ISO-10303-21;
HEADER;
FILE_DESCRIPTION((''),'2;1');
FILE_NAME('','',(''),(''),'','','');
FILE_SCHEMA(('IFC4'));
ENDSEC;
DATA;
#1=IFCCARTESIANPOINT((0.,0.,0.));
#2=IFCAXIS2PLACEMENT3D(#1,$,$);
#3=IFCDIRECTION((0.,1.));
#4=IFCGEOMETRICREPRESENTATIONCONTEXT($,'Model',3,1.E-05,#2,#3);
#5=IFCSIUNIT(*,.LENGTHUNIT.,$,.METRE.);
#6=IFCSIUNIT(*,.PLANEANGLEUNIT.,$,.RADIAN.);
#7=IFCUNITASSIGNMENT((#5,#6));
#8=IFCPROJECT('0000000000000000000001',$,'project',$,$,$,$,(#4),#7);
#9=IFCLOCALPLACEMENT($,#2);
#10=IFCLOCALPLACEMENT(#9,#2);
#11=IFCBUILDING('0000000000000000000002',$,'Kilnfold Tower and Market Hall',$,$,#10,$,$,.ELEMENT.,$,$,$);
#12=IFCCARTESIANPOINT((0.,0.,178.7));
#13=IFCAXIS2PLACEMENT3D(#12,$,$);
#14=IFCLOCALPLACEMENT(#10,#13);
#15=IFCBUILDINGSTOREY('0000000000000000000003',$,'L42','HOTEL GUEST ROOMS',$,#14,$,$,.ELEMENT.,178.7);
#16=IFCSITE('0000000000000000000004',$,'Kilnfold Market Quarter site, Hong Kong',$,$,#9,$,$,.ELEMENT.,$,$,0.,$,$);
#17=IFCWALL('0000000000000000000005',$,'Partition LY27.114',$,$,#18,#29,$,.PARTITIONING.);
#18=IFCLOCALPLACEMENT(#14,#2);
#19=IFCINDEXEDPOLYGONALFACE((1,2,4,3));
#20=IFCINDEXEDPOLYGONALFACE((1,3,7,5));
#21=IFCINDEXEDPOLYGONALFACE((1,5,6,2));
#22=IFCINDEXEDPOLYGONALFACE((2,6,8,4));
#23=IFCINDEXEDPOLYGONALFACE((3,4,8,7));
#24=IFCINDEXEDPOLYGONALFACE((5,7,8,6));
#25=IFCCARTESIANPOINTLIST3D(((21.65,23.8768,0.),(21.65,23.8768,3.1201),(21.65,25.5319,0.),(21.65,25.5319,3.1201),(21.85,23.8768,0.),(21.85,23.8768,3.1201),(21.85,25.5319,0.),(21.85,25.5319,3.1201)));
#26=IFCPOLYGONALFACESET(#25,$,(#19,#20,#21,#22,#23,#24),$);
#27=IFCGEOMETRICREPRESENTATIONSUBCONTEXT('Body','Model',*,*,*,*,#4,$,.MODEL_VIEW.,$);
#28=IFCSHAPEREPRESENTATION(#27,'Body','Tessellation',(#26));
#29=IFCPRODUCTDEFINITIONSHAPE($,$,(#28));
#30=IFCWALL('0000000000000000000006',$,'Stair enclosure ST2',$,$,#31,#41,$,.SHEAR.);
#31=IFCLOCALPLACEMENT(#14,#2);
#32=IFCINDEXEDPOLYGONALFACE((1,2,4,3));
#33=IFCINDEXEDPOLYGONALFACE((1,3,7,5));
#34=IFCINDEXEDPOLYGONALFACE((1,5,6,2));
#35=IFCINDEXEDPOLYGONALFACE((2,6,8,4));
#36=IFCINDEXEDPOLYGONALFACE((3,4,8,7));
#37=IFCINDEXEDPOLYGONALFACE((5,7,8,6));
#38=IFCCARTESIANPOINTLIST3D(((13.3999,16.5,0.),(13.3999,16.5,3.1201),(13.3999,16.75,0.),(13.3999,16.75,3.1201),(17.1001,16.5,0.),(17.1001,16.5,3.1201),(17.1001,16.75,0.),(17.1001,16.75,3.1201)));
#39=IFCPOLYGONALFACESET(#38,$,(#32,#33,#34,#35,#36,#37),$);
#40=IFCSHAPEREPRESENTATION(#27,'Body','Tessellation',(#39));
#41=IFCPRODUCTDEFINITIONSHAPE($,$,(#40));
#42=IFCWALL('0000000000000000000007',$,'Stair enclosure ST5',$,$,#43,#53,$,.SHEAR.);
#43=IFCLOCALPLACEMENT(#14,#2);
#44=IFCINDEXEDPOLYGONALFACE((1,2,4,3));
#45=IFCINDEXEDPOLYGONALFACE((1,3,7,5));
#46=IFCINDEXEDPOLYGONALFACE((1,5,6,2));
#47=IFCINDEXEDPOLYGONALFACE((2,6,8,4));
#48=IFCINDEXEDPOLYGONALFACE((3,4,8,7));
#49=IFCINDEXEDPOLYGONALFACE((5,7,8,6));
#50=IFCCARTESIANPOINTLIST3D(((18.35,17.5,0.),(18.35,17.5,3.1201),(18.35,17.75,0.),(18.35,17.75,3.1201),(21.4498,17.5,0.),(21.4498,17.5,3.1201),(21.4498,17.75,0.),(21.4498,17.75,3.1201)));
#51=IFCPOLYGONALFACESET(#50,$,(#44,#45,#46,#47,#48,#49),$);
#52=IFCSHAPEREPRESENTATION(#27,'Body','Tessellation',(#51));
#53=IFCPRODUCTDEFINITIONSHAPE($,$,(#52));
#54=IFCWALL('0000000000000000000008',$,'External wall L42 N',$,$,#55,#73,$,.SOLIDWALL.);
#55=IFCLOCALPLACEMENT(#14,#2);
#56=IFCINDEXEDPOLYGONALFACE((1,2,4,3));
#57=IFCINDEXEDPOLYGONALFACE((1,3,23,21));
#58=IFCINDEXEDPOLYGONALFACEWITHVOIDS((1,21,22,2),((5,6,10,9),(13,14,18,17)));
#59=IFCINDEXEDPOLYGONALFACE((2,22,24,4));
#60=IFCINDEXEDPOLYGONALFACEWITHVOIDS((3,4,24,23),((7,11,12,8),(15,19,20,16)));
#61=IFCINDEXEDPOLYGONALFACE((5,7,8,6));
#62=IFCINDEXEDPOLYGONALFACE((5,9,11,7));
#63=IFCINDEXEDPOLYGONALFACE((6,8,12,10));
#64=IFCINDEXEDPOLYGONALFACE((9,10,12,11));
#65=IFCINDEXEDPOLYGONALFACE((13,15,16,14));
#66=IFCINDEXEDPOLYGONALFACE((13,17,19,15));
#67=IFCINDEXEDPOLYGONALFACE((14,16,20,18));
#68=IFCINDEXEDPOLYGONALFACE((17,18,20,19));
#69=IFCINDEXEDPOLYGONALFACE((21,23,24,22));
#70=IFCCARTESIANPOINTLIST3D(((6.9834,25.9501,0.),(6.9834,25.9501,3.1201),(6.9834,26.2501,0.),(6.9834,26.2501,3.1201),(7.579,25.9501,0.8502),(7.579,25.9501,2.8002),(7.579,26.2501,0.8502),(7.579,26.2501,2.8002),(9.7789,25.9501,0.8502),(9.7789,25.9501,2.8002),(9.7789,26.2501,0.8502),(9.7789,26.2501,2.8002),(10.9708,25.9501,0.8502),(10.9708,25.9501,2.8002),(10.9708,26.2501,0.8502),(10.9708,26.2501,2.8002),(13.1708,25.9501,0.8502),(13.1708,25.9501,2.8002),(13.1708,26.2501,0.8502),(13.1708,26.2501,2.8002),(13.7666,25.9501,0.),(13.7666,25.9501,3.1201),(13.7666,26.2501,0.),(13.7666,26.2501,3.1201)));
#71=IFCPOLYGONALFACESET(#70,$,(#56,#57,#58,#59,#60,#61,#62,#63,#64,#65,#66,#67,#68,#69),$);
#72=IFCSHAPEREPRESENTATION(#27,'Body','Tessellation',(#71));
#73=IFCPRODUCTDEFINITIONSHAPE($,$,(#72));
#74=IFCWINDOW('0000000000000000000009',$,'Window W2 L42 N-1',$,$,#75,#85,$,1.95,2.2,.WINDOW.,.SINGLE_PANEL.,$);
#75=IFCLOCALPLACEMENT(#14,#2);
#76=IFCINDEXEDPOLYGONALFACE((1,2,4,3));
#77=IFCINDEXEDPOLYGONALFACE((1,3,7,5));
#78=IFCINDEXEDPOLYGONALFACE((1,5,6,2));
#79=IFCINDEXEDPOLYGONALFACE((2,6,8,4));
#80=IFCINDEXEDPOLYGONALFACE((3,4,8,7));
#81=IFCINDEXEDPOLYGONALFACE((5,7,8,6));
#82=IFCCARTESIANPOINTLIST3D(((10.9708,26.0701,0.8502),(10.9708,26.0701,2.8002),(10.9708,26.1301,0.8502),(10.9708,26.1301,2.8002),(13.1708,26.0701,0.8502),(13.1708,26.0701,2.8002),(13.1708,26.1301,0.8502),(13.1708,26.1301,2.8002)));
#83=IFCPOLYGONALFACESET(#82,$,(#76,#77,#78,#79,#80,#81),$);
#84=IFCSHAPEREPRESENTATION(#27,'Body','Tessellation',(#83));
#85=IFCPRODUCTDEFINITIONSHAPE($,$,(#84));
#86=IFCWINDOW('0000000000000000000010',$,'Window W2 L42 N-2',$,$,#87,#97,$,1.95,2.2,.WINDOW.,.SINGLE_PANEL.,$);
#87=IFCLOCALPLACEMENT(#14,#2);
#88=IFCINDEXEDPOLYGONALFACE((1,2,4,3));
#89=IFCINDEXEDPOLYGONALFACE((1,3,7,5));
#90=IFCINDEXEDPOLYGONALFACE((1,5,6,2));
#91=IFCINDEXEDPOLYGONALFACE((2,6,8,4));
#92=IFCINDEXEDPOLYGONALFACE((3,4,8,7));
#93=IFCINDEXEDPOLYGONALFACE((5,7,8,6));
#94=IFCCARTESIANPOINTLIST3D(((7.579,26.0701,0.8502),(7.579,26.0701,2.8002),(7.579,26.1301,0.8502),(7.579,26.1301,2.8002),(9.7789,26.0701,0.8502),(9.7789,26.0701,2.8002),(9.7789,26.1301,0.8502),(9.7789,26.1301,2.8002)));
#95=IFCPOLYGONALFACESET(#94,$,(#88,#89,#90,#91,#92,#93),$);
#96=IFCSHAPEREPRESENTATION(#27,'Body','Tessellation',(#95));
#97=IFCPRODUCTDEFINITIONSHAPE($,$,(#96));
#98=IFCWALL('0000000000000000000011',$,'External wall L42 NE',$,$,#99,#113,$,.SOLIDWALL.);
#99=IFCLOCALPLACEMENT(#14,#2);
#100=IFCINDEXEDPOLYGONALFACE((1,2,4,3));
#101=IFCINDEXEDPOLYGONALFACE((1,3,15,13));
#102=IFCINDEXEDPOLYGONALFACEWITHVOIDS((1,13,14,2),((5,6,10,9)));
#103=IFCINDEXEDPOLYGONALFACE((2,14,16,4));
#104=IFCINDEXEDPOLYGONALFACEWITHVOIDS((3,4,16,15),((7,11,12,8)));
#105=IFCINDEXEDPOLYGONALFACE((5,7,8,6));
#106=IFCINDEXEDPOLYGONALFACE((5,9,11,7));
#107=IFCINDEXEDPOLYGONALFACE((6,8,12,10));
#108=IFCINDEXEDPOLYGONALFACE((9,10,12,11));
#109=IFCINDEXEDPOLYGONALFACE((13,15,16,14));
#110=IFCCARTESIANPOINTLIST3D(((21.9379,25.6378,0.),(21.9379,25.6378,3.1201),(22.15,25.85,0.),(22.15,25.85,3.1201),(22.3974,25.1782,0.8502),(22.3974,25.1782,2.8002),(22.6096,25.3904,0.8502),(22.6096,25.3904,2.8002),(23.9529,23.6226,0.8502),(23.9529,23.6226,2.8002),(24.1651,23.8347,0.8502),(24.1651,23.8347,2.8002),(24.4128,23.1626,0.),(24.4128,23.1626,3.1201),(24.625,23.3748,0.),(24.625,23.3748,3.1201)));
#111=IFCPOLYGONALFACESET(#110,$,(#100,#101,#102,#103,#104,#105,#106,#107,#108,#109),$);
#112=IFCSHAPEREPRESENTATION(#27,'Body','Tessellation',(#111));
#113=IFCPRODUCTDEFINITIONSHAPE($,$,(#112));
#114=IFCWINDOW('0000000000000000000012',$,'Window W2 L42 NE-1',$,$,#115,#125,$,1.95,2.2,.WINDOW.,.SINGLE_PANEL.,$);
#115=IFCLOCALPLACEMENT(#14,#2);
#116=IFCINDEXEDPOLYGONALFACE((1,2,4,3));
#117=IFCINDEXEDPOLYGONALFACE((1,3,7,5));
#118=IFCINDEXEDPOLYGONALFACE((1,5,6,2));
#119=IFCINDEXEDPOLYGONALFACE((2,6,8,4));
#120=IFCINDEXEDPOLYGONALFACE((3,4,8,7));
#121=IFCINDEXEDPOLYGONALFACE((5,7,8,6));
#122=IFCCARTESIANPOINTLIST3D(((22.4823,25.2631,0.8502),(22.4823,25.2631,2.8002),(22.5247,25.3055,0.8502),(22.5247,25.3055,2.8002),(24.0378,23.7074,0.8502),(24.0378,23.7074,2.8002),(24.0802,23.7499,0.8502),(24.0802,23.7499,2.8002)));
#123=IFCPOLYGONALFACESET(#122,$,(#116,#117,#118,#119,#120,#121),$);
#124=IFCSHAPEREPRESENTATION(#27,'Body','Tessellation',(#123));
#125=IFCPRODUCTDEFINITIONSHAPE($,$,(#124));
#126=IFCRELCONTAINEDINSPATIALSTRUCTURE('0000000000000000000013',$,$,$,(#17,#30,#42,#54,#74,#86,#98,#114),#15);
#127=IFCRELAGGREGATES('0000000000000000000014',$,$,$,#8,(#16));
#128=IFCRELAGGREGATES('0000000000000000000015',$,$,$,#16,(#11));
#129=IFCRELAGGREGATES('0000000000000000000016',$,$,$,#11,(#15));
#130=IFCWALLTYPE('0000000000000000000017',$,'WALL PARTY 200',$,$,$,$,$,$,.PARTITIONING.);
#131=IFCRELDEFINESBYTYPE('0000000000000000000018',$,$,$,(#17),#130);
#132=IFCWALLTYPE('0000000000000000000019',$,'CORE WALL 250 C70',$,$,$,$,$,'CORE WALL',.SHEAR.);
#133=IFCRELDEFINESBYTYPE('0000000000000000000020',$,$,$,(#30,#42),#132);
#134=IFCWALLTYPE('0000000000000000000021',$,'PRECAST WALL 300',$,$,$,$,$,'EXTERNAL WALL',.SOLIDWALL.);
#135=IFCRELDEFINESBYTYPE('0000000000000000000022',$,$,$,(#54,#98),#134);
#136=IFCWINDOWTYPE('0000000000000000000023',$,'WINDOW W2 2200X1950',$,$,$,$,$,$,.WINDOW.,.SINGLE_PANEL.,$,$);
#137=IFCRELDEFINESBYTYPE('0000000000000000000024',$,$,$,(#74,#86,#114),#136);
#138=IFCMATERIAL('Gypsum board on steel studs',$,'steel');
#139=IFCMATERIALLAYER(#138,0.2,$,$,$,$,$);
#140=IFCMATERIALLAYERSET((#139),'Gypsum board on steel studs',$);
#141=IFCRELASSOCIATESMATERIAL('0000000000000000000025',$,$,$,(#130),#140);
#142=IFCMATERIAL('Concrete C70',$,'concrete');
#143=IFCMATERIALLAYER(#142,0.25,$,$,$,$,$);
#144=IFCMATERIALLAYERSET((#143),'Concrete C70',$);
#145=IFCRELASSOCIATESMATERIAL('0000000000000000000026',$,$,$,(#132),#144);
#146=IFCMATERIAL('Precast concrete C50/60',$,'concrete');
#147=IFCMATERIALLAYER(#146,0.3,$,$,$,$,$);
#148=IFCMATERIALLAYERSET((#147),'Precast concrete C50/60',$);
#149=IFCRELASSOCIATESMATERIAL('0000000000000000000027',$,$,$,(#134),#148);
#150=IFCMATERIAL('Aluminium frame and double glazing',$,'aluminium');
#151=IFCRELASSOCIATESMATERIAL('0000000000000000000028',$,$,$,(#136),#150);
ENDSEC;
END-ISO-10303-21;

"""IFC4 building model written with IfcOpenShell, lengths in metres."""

from ifc_helpers import new_model, si_unit, direction, frame, frame_2d, origin, place, context, subcontext, project, spatial, rectangle, extrude, source, transform, mapped, material, layer, layer_set, type_object, element, fill, save


model = new_model("IFC4")

# Units and contexts
model_context = context("Model", 3, precision=1e-05, world=origin(), true_north=direction((0.0, 1.0)))
body_context = subcontext(model_context, "Body", "Model", "MODEL_VIEW")
ifc_project = project(units=[si_unit("LENGTHUNIT", "METRE"), si_unit("PLANEANGLEUNIT", "RADIAN")], contexts=[model_context])

# Site, building, storey
site_placement = place(None, origin())
site = spatial("IfcSite", under=ifc_project, at=site_placement, Name="Kilnfold Market Quarter site, Hong Kong", CompositionType="ELEMENT", RefElevation=0.0)
building_placement = place(site_placement, origin())
building = spatial("IfcBuilding", under=site, at=building_placement, Name="Kilnfold Tower and Market Hall", CompositionType="ELEMENT")
storey_placement = place(building_placement, frame((0.0, 0.0, 178.7)))
storey = spatial("IfcBuildingStorey", under=building, at=storey_placement, Name="L42", Description="HOTEL GUEST ROOMS", CompositionType="ELEMENT", Elevation=178.7)

# Shared definitions
ifc_material_1 = material(Name="Gypsum board on steel studs", Category="steel")
ifc_layer_1 = layer(ifc_material_1, 0.2)
ifc_layer_set_1 = layer_set([ifc_layer_1], Name="Gypsum board on steel studs")
wall_type_1 = type_object("IfcWallType", Name="WALL PARTY 200", PredefinedType="PARTITIONING", material=ifc_layer_set_1)

# Walls
wall_1_placement = place(storey_placement, frame((21.75, 25.532, 0.0), z_axis=(0.0, 0.0, 1.0), x_axis=(0.0, -1.0, 0.0)))
element("IfcWall", 1, at=wall_1_placement, inside=storey, type_object=wall_type_1, Name="Partition LY27.114", PredefinedType="PARTITIONING", context=body_context, shape_type="SweptSolid", body=[
    extrude(rectangle(XDim=1.655, YDim=0.2, at=frame_2d((0.8276, 0.0))), origin(), (0.0, 0.0, 1.0), 3.1201),
])
ifc_material_2 = material(Name="Concrete C70", Category="concrete")
ifc_layer_2 = layer(ifc_material_2, 0.25)
ifc_layer_set_2 = layer_set([ifc_layer_2], Name="Concrete C70")
wall_type_2 = type_object("IfcWallType", Name="CORE WALL 250 C70", ElementType="CORE WALL", PredefinedType="SHEAR", material=ifc_layer_set_2)
shared_shape_1 = source(origin(), body_context, "Body", "SweptSolid", [
    extrude(rectangle(XDim=3.7002, YDim=0.25, at=frame_2d((1.8501, 0.0))), origin(), (0.0, 0.0, 1.0), 3.1201),
])
wall_2_placement = place(storey_placement, frame((13.3999, 16.625, 0.0), z_axis=(0.0, 0.0, 1.0), x_axis=(1.0, 0.0, 0.0)))
element("IfcWall", 2, at=wall_2_placement, inside=storey, type_object=wall_type_2, Name="Stair enclosure ST2", PredefinedType="SHEAR", context=body_context, shape_type="MappedRepresentation", body=[
    mapped(shared_shape_1, transform((0.0, 0.0, 0.0))),
])
shared_shape_2 = source(origin(), body_context, "Body", "SweptSolid", [
    extrude(rectangle(XDim=3.0999, YDim=0.25, at=frame_2d((1.5498, 0.0))), origin(), (0.0, 0.0, 1.0), 3.1201),
])
wall_3_placement = place(storey_placement, frame((18.3501, 17.625, 0.0), z_axis=(0.0, 0.0, 1.0), x_axis=(1.0, 0.0, 0.0)))
element("IfcWall", 3, at=wall_3_placement, inside=storey, type_object=wall_type_2, Name="Stair enclosure ST5", PredefinedType="SHEAR", context=body_context, shape_type="MappedRepresentation", body=[
    mapped(shared_shape_2, transform((0.0, 0.0, 0.0))),
])

# Wall, openings, windows
ifc_material_3 = material(Name="Precast concrete C50/60", Category="concrete")
ifc_layer_3 = layer(ifc_material_3, 0.3)
ifc_layer_set_3 = layer_set([ifc_layer_3], Name="Precast concrete C50/60")
wall_type_3 = type_object("IfcWallType", Name="PRECAST WALL 300", ElementType="EXTERNAL WALL", PredefinedType="SOLIDWALL", material=ifc_layer_set_3)
shared_shape_3 = source(origin(), body_context, "Body", "SweptSolid", [
    extrude(rectangle(XDim=6.7832, YDim=0.3, at=frame_2d((3.3916, 0.0))), origin(), (0.0, 0.0, 1.0), 3.1201),
])
wall_4_placement = place(storey_placement, frame((13.7666, 26.1001, 0.0), z_axis=(0.0, 0.0, 1.0), x_axis=(-1.0, 0.0, 0.0)))
wall_4 = element("IfcWall", 4, at=wall_4_placement, inside=storey, type_object=wall_type_3, Name="External wall L42 N", PredefinedType="SOLIDWALL", context=body_context, shape_type="MappedRepresentation", body=[
    mapped(shared_shape_3, transform((0.0, 0.0, 0.0))),
])
opening_1_placement = place(wall_4_placement, frame((0.5957, 0.0, 0.8501)))
opening_1 = element("IfcOpeningElement", 5, at=opening_1_placement, cuts=wall_4, PredefinedType="OPENING", context=body_context, shape_type="SweptSolid", body=[
    extrude(rectangle(XDim=2.2, YDim=1.95, at=frame_2d((1.1001, 0.9751))), frame((0.0, 0.1602, 0.0), z_axis=(0.0, -1.0, 0.0), x_axis=(1.0, 0.0, 0.0)), (0.0, 0.0, 1.0), 0.3201),
])
opening_2_placement = place(wall_4_placement, frame((3.9875, 0.0, 0.8501)))
opening_2 = element("IfcOpeningElement", 6, at=opening_2_placement, cuts=wall_4, PredefinedType="OPENING", context=body_context, shape_type="SweptSolid", body=[
    extrude(rectangle(XDim=2.2, YDim=1.95, at=frame_2d((1.1001, 0.9751))), frame((0.0, 0.1602, 0.0), z_axis=(0.0, -1.0, 0.0), x_axis=(1.0, 0.0, 0.0)), (0.0, 0.0, 1.0), 0.3201),
])
ifc_material_4 = material(Name="Aluminium frame and double glazing", Category="aluminium")
window_type = type_object("IfcWindowType", Name="WINDOW W2 2200X1950", PartitioningType="SINGLE_PANEL", PredefinedType="WINDOW", material=ifc_material_4)
window_1_placement = place(opening_1_placement, origin())
window_1 = element("IfcWindow", 7, at=window_1_placement, inside=storey, type_object=window_type, Name="Window W2 L42 N-1", OverallHeight=1.95, OverallWidth=2.2, PartitioningType="SINGLE_PANEL", PredefinedType="WINDOW", context=body_context, shape_type="SweptSolid", body=[
    extrude(rectangle(XDim=2.2, YDim=1.95, at=frame_2d((1.1001, 0.9751))), frame((0.0, 0.03, 0.0), z_axis=(0.0, -1.0, 0.0), x_axis=(1.0, 0.0, 0.0)), (0.0, 0.0, 1.0), 0.0601),
])
fill(opening_1, window_1)
window_2_placement = place(opening_2_placement, origin())
window_2 = element("IfcWindow", 8, at=window_2_placement, inside=storey, type_object=window_type, Name="Window W2 L42 N-2", OverallHeight=1.95, OverallWidth=2.2, PartitioningType="SINGLE_PANEL", PredefinedType="WINDOW", context=body_context, shape_type="SweptSolid", body=[
    extrude(rectangle(XDim=2.2, YDim=1.95, at=frame_2d((1.1001, 0.9751))), frame((0.0, 0.03, 0.0), z_axis=(0.0, -1.0, 0.0), x_axis=(1.0, 0.0, 0.0)), (0.0, 0.0, 1.0), 0.0601),
])
fill(opening_2, window_2)

# Wall, opening, window
shared_shape_4 = source(origin(), body_context, "Body", "SweptSolid", [
    extrude(rectangle(XDim=3.5002, YDim=0.3, at=frame_2d((1.75, 0.0))), origin(), (0.0, 0.0, 1.0), 3.1201),
])
wall_5_placement = place(storey_placement, frame((24.5188, 23.2688, 0.0), z_axis=(0.0, 0.0, 1.0), x_axis=(-0.707072, 0.707142, 0.0)))
wall_5 = element("IfcWall", 9, at=wall_5_placement, inside=storey, type_object=wall_type_3, Name="External wall L42 NE", PredefinedType="SOLIDWALL", context=body_context, shape_type="MappedRepresentation", body=[
    mapped(shared_shape_4, transform((0.0, 0.0, 0.0))),
])
opening_3_placement = place(wall_5_placement, frame((0.6501, 0.0, 0.8501)))
opening_3 = element("IfcOpeningElement", 10, at=opening_3_placement, cuts=wall_5, PredefinedType="OPENING", context=body_context, shape_type="SweptSolid", body=[
    extrude(rectangle(XDim=2.2, YDim=1.95, at=frame_2d((1.1001, 0.9751))), frame((0.0, 0.1602, 0.0), z_axis=(0.0, -1.0, 0.0), x_axis=(1.0, 0.0, 0.0)), (0.0, 0.0, 1.0), 0.3201),
])
window_3_placement = place(opening_3_placement, origin())
window_3 = element("IfcWindow", 11, at=window_3_placement, inside=storey, type_object=window_type, Name="Window W2 L42 NE-1", OverallHeight=1.95, OverallWidth=2.2, PartitioningType="SINGLE_PANEL", PredefinedType="WINDOW", context=body_context, shape_type="SweptSolid", body=[
    extrude(rectangle(XDim=2.2, YDim=1.95, at=frame_2d((1.1001, 0.9751))), frame((0.0, 0.03, 0.0), z_axis=(0.0, -1.0, 0.0), x_axis=(1.0, 0.0, 0.0)), (0.0, 0.0, 1.0), 0.0601),
])
fill(opening_3, window_3)

save(model, "model.ifc")
